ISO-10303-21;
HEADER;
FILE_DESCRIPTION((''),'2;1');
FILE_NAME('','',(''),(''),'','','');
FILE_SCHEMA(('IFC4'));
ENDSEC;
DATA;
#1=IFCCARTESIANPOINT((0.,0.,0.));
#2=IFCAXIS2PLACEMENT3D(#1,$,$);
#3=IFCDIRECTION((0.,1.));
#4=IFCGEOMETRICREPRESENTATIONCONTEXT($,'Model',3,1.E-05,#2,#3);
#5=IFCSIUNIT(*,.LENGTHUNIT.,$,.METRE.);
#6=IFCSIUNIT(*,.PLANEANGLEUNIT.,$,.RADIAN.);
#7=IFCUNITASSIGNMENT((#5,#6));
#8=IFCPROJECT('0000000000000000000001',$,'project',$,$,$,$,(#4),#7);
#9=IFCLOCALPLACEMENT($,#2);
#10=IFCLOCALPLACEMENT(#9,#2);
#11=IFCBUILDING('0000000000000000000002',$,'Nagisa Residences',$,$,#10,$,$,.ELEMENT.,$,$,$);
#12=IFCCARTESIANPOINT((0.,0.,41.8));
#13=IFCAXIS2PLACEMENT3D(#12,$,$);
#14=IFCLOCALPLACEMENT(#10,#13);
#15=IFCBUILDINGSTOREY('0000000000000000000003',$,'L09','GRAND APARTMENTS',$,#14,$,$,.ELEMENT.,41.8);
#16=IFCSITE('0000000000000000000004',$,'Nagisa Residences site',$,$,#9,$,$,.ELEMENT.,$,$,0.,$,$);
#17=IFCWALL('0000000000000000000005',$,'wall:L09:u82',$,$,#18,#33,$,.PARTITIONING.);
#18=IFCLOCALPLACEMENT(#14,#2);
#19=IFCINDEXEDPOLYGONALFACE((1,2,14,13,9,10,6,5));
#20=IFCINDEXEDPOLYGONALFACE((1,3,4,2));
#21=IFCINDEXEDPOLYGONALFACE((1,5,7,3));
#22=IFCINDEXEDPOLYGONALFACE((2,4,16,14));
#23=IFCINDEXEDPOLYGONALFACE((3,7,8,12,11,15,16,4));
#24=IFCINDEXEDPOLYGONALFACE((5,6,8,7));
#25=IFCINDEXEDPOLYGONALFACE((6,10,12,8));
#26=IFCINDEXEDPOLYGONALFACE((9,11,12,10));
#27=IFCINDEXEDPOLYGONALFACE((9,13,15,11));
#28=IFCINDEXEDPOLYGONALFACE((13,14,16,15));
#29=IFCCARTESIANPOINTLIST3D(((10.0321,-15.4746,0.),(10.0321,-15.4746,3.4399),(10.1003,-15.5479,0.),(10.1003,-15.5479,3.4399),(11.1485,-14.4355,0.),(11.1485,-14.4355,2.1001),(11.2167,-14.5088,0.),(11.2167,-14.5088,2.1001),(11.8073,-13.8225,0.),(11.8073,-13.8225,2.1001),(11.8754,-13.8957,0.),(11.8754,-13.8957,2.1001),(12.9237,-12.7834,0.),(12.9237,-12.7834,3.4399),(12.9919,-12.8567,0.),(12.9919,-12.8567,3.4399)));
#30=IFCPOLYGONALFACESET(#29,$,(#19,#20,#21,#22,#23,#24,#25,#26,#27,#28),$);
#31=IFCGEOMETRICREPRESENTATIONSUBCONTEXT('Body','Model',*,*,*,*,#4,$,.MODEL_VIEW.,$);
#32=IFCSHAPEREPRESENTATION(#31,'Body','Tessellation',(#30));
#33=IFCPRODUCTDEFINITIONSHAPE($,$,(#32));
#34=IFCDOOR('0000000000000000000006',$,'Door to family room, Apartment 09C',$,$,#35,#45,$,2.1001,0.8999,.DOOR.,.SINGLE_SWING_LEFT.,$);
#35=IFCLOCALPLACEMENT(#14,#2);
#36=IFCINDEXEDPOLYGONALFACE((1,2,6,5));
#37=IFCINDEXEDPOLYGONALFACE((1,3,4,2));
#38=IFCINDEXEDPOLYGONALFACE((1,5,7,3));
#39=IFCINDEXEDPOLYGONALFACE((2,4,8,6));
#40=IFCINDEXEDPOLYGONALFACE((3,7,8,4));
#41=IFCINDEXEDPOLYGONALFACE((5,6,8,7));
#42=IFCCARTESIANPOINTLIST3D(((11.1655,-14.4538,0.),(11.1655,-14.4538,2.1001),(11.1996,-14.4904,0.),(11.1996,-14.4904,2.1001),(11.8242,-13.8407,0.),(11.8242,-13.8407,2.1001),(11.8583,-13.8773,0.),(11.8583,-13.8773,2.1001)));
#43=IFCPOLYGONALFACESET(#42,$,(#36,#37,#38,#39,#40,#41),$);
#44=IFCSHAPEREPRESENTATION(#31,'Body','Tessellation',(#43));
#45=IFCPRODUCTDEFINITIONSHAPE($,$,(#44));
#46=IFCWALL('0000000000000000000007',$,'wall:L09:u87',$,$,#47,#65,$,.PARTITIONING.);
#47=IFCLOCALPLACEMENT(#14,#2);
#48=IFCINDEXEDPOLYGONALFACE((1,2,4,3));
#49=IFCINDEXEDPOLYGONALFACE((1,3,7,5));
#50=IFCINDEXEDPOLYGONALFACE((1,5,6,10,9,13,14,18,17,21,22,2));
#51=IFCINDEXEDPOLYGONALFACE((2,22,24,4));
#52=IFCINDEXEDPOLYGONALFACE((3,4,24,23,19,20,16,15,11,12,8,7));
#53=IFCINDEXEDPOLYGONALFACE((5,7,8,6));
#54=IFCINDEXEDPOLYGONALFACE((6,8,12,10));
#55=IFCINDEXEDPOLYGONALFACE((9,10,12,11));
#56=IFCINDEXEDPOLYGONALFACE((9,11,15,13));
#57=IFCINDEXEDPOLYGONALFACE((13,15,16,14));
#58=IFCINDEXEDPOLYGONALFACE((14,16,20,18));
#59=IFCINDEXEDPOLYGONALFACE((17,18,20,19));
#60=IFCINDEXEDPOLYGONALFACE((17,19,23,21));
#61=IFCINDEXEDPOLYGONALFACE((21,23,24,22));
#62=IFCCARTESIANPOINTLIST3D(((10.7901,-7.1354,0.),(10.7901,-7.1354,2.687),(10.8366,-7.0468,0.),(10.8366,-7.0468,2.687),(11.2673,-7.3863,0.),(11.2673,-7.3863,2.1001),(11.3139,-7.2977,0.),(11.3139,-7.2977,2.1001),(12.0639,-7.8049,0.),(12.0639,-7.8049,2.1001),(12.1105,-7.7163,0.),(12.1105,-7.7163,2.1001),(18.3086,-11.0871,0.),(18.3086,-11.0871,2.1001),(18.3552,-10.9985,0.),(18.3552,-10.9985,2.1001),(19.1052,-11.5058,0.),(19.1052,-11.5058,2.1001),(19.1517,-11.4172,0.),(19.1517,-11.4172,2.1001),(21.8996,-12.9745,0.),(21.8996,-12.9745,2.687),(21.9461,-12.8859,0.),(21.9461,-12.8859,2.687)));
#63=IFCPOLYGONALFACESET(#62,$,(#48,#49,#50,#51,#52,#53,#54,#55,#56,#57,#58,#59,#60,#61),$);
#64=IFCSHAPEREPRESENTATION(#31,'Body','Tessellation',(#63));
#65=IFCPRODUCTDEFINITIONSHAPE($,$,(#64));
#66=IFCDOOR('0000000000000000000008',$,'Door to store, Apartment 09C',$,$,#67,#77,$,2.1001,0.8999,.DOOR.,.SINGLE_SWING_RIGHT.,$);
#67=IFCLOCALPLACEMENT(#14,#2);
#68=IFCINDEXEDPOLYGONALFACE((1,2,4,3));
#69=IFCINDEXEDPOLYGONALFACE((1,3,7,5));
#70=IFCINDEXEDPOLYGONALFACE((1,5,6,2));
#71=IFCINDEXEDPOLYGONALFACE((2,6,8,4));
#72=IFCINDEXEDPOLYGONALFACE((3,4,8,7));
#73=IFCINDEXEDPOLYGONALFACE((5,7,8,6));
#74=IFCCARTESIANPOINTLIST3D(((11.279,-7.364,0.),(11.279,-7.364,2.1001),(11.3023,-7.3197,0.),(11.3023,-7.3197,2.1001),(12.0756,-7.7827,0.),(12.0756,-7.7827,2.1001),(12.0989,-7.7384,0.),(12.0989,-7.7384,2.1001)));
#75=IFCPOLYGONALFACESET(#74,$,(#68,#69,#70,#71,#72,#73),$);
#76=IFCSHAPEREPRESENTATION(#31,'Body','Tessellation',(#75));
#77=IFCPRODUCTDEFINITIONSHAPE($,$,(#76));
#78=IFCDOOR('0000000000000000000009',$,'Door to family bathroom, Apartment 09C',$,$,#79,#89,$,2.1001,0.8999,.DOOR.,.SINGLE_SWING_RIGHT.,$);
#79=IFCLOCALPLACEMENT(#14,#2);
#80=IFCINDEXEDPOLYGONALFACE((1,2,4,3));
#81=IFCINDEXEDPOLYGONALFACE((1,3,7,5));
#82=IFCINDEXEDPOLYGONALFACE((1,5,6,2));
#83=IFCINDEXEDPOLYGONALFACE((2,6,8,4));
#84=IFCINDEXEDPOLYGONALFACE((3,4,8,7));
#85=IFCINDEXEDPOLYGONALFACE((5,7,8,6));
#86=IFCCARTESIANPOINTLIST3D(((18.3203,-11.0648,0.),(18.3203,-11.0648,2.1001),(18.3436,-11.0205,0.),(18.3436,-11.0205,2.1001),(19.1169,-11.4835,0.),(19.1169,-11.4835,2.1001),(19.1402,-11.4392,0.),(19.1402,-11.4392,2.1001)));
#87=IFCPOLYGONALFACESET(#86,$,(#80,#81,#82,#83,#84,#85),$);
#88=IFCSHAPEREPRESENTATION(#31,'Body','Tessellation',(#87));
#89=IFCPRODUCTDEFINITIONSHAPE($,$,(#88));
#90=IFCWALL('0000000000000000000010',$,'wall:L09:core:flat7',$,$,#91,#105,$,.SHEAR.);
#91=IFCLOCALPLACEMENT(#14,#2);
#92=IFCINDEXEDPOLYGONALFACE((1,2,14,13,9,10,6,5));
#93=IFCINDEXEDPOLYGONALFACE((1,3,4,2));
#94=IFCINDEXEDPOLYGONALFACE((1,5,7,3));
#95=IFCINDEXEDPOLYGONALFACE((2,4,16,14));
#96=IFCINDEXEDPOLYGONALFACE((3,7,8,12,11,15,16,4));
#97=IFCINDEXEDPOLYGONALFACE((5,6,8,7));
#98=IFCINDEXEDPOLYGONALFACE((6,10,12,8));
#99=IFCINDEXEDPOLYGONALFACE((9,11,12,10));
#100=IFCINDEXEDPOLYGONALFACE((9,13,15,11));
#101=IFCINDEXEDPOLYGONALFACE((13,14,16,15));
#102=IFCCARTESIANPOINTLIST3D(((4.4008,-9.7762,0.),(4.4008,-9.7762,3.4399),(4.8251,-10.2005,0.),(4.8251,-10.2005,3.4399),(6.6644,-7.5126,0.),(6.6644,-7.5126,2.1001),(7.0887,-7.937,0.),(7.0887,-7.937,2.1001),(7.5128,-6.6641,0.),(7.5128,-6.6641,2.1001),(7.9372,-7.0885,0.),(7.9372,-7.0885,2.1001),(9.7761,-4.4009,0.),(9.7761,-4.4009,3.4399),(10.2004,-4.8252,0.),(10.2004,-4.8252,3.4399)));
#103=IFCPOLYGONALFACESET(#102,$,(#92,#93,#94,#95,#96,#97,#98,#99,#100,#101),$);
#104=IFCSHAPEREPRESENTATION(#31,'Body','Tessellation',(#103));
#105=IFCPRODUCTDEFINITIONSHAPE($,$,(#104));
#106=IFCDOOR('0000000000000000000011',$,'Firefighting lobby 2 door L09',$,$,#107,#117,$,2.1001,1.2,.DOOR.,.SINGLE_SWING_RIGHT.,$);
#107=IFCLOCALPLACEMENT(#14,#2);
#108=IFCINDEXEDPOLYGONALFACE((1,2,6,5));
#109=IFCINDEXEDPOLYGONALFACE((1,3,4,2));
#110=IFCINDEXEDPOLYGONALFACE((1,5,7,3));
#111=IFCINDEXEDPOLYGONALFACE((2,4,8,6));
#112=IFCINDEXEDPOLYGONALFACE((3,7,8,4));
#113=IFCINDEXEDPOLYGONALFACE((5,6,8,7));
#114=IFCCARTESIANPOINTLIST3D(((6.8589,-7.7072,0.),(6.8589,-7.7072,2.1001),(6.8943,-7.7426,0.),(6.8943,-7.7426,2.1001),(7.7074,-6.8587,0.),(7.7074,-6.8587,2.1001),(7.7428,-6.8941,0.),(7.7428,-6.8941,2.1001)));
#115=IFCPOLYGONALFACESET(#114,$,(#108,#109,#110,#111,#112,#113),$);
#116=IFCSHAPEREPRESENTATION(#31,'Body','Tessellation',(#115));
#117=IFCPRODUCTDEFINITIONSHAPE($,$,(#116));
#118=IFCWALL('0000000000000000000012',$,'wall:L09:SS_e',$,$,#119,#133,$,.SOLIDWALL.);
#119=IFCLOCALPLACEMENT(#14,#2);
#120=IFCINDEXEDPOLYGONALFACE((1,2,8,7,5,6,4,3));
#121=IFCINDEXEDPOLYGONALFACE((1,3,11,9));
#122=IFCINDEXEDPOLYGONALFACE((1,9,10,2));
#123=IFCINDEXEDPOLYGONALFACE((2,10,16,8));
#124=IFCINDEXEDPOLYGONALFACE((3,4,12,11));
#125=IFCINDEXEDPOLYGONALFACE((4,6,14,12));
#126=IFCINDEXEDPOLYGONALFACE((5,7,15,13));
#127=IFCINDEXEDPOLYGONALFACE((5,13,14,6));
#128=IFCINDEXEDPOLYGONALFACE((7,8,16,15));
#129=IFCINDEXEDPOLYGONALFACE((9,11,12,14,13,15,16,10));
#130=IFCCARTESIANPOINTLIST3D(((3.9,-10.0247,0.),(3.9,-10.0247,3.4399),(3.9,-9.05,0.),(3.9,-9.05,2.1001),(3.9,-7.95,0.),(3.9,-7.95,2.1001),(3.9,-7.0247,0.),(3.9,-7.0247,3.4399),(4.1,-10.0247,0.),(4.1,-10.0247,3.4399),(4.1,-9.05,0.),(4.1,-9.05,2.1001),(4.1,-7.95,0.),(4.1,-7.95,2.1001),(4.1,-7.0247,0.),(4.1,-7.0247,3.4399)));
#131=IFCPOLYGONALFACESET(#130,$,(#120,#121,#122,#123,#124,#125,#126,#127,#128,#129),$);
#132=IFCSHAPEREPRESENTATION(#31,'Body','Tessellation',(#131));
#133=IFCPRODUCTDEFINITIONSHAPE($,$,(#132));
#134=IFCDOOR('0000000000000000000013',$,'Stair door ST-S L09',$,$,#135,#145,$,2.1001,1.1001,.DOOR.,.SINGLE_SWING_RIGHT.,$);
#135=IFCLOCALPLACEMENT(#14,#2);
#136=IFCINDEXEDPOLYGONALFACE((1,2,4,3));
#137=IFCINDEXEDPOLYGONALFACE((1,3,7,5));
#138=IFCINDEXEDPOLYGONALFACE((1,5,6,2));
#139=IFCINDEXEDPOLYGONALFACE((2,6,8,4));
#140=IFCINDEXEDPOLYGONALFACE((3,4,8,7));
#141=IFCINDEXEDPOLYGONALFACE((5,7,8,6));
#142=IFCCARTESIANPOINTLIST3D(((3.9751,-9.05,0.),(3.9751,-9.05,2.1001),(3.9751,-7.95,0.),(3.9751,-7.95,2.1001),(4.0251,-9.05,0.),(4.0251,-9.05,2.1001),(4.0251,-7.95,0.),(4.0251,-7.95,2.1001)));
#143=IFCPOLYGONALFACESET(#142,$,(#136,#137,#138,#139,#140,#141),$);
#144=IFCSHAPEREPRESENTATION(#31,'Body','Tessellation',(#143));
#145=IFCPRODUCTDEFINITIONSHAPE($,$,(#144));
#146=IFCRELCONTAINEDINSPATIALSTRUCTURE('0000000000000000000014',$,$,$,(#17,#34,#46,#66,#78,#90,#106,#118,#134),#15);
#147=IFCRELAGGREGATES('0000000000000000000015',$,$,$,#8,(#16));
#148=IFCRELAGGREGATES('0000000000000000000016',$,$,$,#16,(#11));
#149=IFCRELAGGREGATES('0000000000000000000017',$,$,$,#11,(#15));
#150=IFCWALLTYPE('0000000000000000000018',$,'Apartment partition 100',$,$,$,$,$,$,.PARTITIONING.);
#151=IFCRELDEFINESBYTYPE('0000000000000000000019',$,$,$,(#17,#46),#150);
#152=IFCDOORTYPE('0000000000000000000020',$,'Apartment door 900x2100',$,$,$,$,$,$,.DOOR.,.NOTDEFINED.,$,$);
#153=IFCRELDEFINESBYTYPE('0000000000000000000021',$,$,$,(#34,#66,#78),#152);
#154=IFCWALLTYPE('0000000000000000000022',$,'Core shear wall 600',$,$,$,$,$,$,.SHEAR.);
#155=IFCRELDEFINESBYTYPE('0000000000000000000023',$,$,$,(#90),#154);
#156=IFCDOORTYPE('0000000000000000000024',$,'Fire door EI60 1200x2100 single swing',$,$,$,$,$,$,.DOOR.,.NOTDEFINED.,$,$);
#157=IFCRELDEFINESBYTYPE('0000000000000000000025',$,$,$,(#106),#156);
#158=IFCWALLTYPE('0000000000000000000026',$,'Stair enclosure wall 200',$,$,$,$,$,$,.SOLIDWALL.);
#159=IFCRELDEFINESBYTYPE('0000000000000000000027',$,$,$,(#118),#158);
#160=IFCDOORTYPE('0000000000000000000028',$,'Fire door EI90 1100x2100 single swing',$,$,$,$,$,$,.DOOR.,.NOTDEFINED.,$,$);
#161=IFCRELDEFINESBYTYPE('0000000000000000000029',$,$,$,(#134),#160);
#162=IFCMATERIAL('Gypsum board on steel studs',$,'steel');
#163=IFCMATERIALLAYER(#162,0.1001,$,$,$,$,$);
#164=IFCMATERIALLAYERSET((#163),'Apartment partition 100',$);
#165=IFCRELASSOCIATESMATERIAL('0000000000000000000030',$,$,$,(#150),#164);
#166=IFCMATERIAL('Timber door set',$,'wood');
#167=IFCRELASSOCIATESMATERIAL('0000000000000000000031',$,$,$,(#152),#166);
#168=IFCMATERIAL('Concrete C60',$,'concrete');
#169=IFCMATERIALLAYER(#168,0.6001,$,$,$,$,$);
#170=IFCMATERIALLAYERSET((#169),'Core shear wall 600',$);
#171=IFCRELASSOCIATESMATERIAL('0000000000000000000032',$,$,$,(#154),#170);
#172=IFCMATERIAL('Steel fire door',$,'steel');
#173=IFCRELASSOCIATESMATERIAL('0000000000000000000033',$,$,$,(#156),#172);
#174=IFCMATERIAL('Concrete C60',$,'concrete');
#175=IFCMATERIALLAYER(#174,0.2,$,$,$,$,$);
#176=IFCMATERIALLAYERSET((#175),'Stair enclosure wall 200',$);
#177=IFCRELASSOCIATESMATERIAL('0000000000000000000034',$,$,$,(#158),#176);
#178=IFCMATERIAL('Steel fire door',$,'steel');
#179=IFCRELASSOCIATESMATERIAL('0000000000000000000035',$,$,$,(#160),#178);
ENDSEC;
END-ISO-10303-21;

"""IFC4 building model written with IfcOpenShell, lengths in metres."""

from ifc_helpers import new_model, si_unit, direction, frame, frame_2d, origin, place, context, subcontext, project, spatial, rectangle, extrude, material, layer, layer_set, type_object, element, fill, save


model = new_model("IFC4")

# Units and contexts
model_context = context("Model", 3, precision=1e-05, world=origin(), true_north=direction((0.0, 1.0)))
body_context = subcontext(model_context, "Body", "Model", "MODEL_VIEW")
ifc_project = project(units=[si_unit("LENGTHUNIT", "METRE"), si_unit("PLANEANGLEUNIT", "RADIAN")], contexts=[model_context])

# Site, building, storey
site_placement = place(None, origin())
site = spatial("IfcSite", under=ifc_project, at=site_placement, Name="Nagisa Residences site", CompositionType="ELEMENT", RefElevation=0.0)
building_placement = place(site_placement, origin())
building = spatial("IfcBuilding", under=site, at=building_placement, Name="Nagisa Residences", CompositionType="ELEMENT")
storey_placement = place(building_placement, frame((0.0, 0.0, 41.8)))
storey = spatial("IfcBuildingStorey", under=building, at=storey_placement, Name="L09", Description="GRAND APARTMENTS", CompositionType="ELEMENT", Elevation=41.8)

# Shared definitions
ifc_material_1 = material(Name="Gypsum board on steel studs", Category="steel")
ifc_layer_1 = layer(ifc_material_1, 0.1001)
ifc_layer_set_1 = layer_set([ifc_layer_1], Name="Apartment partition 100")
wall_type_1 = type_object("IfcWallType", Name="Apartment partition 100", PredefinedType="PARTITIONING", material=ifc_layer_set_1)
ifc_material_2 = material(Name="Timber door set", Category="wood")
door_type_1 = type_object("IfcDoorType", Name="Apartment door 900x2100", OperationType="NOTDEFINED", PredefinedType="DOOR", material=ifc_material_2)

# Wall, opening, door
wall_1_placement = place(storey_placement, frame((10.0662, -15.5112, 0.0), z_axis=(0.0, 0.0, 1.0), x_axis=(0.732023, 0.68128, 0.0)))
wall_1 = element("IfcWall", 1, at=wall_1_placement, inside=storey, type_object=wall_type_1, Name="wall:L09:u82", PredefinedType="PARTITIONING", context=body_context, shape_type="SweptSolid", body=[
    extrude(rectangle(XDim=3.9502, YDim=0.1001, at=frame_2d((1.9751, 0.0))), origin(), (0.0, 0.0, 1.0), 3.4399),
])
opening_1_placement = place(wall_1_placement, frame((1.5251, 0.0, 0.0)))
opening_1 = element("IfcOpeningElement", 2, at=opening_1_placement, cuts=wall_1, PredefinedType="OPENING", context=body_context, shape_type="SweptSolid", body=[
    extrude(rectangle(XDim=0.8999, YDim=2.1001, at=frame_2d((0.45, 1.05))), frame((0.0, 0.0601, 0.0), z_axis=(0.0, -1.0, 0.0), x_axis=(1.0, 0.0, 0.0)), (0.0, 0.0, 1.0), 0.1201),
])
door_1_placement = place(opening_1_placement, frame((0.8999, 0.0, 0.0), x_axis=(-1.0, 0.0, 0.0)))
door_1 = element("IfcDoor", 3, at=door_1_placement, inside=storey, type_object=door_type_1, Name="Door to family room, Apartment 09C", OperationType="SINGLE_SWING_LEFT", OverallHeight=2.1001, OverallWidth=0.8999, PredefinedType="DOOR", context=body_context, shape_type="SweptSolid", body=[
    extrude(rectangle(XDim=0.8999, YDim=2.1001, at=frame_2d((0.45, 1.05))), frame((0.0, 0.0249, 0.0), z_axis=(0.0, -1.0, 0.0), x_axis=(1.0, 0.0, 0.0)), (0.0, 0.0, 1.0), 0.05),
])
fill(opening_1, door_1)

# Wall, openings, doors
wall_2_placement = place(storey_placement, frame((10.8132, -7.0911, 0.0), z_axis=(0.0, 0.0, 1.0), x_axis=(0.885183, -0.465244, 0.0)))
wall_2 = element("IfcWall", 4, at=wall_2_placement, inside=storey, type_object=wall_type_1, Name="wall:L09:u87", PredefinedType="PARTITIONING", context=body_context, shape_type="SweptSolid", body=[
    extrude(rectangle(XDim=12.5505, YDim=0.1001, at=frame_2d((6.2754, 0.0))), origin(), (0.0, 0.0, 1.0), 2.687),
])
opening_2_placement = place(wall_2_placement, frame((0.5393, 0.0, 0.0)))
opening_2 = element("IfcOpeningElement", 5, at=opening_2_placement, cuts=wall_2, PredefinedType="OPENING", context=body_context, shape_type="SweptSolid", body=[
    extrude(rectangle(XDim=0.8999, YDim=2.1001, at=frame_2d((0.45, 1.05))), frame((0.0, 0.0601, 0.0), z_axis=(0.0, -1.0, 0.0), x_axis=(1.0, 0.0, 0.0)), (0.0, 0.0, 1.0), 0.1201),
])
opening_3_placement = place(wall_2_placement, frame((8.4939, 0.0, 0.0)))
opening_3 = element("IfcOpeningElement", 6, at=opening_3_placement, cuts=wall_2, PredefinedType="OPENING", context=body_context, shape_type="SweptSolid", body=[
    extrude(rectangle(XDim=0.8999, YDim=2.1001, at=frame_2d((0.45, 1.05))), frame((0.0, 0.0601, 0.0), z_axis=(0.0, -1.0, 0.0), x_axis=(1.0, 0.0, 0.0)), (0.0, 0.0, 1.0), 0.1201),
])
door_2_placement = place(opening_2_placement, frame((0.8999, 0.0, 0.0), x_axis=(-1.0, 0.0, 0.0)))
door_2 = element("IfcDoor", 7, at=door_2_placement, inside=storey, type_object=door_type_1, Name="Door to store, Apartment 09C", OperationType="SINGLE_SWING_RIGHT", OverallHeight=2.1001, OverallWidth=0.8999, PredefinedType="DOOR", context=body_context, shape_type="SweptSolid", body=[
    extrude(rectangle(XDim=0.8999, YDim=2.1001, at=frame_2d((0.45, 1.05))), frame((0.0, 0.0249, 0.0), z_axis=(0.0, -1.0, 0.0), x_axis=(1.0, 0.0, 0.0)), (0.0, 0.0, 1.0), 0.05),
])
fill(opening_2, door_2)
door_3_placement = place(opening_3_placement, frame((0.8999, 0.0, 0.0), x_axis=(-1.0, 0.0, 0.0)))
door_3 = element("IfcDoor", 8, at=door_3_placement, inside=storey, type_object=door_type_1, Name="Door to family bathroom, Apartment 09C", OperationType="SINGLE_SWING_RIGHT", OverallHeight=2.1001, OverallWidth=0.8999, PredefinedType="DOOR", context=body_context, shape_type="SweptSolid", body=[
    extrude(rectangle(XDim=0.8999, YDim=2.1001, at=frame_2d((0.45, 1.05))), frame((0.0, 0.0249, 0.0), z_axis=(0.0, -1.0, 0.0), x_axis=(1.0, 0.0, 0.0)), (0.0, 0.0, 1.0), 0.05),
])
fill(opening_3, door_3)

# Walls, openings, doors
ifc_material_3 = material(Name="Concrete C60", Category="concrete")
ifc_layer_2 = layer(ifc_material_3, 0.6001)
ifc_layer_set_2 = layer_set([ifc_layer_2], Name="Core shear wall 600")
wall_type_2 = type_object("IfcWallType", Name="Core shear wall 600", PredefinedType="SHEAR", material=ifc_layer_set_2)
wall_3_placement = place(storey_placement, frame((4.613, -9.9883, 0.0), z_axis=(0.0, 0.0, 1.0), x_axis=(0.707107, 0.707107, 0.0)))
wall_3 = element("IfcWall", 9, at=wall_3_placement, inside=storey, type_object=wall_type_2, Name="wall:L09:core:flat7", PredefinedType="SHEAR", context=body_context, shape_type="SweptSolid", body=[
    extrude(rectangle(XDim=7.6018, YDim=0.6001, at=frame_2d((3.8008, 0.0))), origin(), (0.0, 0.0, 1.0), 3.4399),
])
opening_4_placement = place(wall_3_placement, frame((3.2009, 0.0, 0.0)))
opening_4 = element("IfcOpeningElement", 10, at=opening_4_placement, cuts=wall_3, PredefinedType="OPENING", context=body_context, shape_type="SweptSolid", body=[
    extrude(rectangle(XDim=1.2, YDim=2.1001, at=frame_2d((0.6001, 1.05))), frame((0.0, 0.3101, 0.0), z_axis=(0.0, -1.0, 0.0), x_axis=(1.0, 0.0, 0.0)), (0.0, 0.0, 1.0), 0.6201),
])
ifc_material_4 = material(Name="Steel fire door", Category="steel")
door_type_2 = type_object("IfcDoorType", Name="Fire door EI60 1200x2100 single swing", OperationType="NOTDEFINED", PredefinedType="DOOR", material=ifc_material_4)
door_4_placement = place(opening_4_placement, origin())
door_4 = element("IfcDoor", 11, at=door_4_placement, inside=storey, type_object=door_type_2, Name="Firefighting lobby 2 door L09", OperationType="SINGLE_SWING_RIGHT", OverallHeight=2.1001, OverallWidth=1.2, PredefinedType="DOOR", context=body_context, shape_type="SweptSolid", body=[
    extrude(rectangle(XDim=1.2, YDim=2.1001, at=frame_2d((0.6001, 1.05))), frame((0.0, 0.0249, 0.0), z_axis=(0.0, -1.0, 0.0), x_axis=(1.0, 0.0, 0.0)), (0.0, 0.0, 1.0), 0.05),
])
fill(opening_4, door_4)
ifc_material_5 = material(Name="Concrete C60", Category="concrete")
ifc_layer_3 = layer(ifc_material_5, 0.2)
ifc_layer_set_3 = layer_set([ifc_layer_3], Name="Stair enclosure wall 200")
wall_type_3 = type_object("IfcWallType", Name="Stair enclosure wall 200", PredefinedType="SOLIDWALL", material=ifc_layer_set_3)
wall_4_placement = place(storey_placement, frame((4.0, -10.0247, 0.0), z_axis=(0.0, 0.0, 1.0), x_axis=(0.0, 1.0, 0.0)))
wall_4 = element("IfcWall", 12, at=wall_4_placement, inside=storey, type_object=wall_type_3, Name="wall:L09:SS_e", PredefinedType="SOLIDWALL", context=body_context, shape_type="SweptSolid", body=[
    extrude(rectangle(XDim=3.0, YDim=0.2, at=frame_2d((1.5, 0.0))), origin(), (0.0, 0.0, 1.0), 3.4399),
])
opening_5_placement = place(wall_4_placement, frame((0.9746, 0.0, 0.0)))
opening_5 = element("IfcOpeningElement", 13, at=opening_5_placement, cuts=wall_4, PredefinedType="OPENING", context=body_context, shape_type="SweptSolid", body=[
    extrude(rectangle(XDim=1.1001, YDim=2.1001, at=frame_2d((0.55, 1.05))), frame((0.0, 0.1099, 0.0), z_axis=(0.0, -1.0, 0.0), x_axis=(1.0, 0.0, 0.0)), (0.0, 0.0, 1.0), 0.22),
])
ifc_material_6 = material(Name="Steel fire door", Category="steel")
door_type_3 = type_object("IfcDoorType", Name="Fire door EI90 1100x2100 single swing", OperationType="NOTDEFINED", PredefinedType="DOOR", material=ifc_material_6)
door_5_placement = place(opening_5_placement, origin())
door_5 = element("IfcDoor", 14, at=door_5_placement, inside=storey, type_object=door_type_3, Name="Stair door ST-S L09", OperationType="SINGLE_SWING_RIGHT", OverallHeight=2.1001, OverallWidth=1.1001, PredefinedType="DOOR", context=body_context, shape_type="SweptSolid", body=[
    extrude(rectangle(XDim=1.1001, YDim=2.1001, at=frame_2d((0.55, 1.05))), frame((0.0, 0.0249, 0.0), z_axis=(0.0, -1.0, 0.0), x_axis=(1.0, 0.0, 0.0)), (0.0, 0.0, 1.0), 0.05),
])
fill(opening_5, door_5)

save(model, "model.ifc")
